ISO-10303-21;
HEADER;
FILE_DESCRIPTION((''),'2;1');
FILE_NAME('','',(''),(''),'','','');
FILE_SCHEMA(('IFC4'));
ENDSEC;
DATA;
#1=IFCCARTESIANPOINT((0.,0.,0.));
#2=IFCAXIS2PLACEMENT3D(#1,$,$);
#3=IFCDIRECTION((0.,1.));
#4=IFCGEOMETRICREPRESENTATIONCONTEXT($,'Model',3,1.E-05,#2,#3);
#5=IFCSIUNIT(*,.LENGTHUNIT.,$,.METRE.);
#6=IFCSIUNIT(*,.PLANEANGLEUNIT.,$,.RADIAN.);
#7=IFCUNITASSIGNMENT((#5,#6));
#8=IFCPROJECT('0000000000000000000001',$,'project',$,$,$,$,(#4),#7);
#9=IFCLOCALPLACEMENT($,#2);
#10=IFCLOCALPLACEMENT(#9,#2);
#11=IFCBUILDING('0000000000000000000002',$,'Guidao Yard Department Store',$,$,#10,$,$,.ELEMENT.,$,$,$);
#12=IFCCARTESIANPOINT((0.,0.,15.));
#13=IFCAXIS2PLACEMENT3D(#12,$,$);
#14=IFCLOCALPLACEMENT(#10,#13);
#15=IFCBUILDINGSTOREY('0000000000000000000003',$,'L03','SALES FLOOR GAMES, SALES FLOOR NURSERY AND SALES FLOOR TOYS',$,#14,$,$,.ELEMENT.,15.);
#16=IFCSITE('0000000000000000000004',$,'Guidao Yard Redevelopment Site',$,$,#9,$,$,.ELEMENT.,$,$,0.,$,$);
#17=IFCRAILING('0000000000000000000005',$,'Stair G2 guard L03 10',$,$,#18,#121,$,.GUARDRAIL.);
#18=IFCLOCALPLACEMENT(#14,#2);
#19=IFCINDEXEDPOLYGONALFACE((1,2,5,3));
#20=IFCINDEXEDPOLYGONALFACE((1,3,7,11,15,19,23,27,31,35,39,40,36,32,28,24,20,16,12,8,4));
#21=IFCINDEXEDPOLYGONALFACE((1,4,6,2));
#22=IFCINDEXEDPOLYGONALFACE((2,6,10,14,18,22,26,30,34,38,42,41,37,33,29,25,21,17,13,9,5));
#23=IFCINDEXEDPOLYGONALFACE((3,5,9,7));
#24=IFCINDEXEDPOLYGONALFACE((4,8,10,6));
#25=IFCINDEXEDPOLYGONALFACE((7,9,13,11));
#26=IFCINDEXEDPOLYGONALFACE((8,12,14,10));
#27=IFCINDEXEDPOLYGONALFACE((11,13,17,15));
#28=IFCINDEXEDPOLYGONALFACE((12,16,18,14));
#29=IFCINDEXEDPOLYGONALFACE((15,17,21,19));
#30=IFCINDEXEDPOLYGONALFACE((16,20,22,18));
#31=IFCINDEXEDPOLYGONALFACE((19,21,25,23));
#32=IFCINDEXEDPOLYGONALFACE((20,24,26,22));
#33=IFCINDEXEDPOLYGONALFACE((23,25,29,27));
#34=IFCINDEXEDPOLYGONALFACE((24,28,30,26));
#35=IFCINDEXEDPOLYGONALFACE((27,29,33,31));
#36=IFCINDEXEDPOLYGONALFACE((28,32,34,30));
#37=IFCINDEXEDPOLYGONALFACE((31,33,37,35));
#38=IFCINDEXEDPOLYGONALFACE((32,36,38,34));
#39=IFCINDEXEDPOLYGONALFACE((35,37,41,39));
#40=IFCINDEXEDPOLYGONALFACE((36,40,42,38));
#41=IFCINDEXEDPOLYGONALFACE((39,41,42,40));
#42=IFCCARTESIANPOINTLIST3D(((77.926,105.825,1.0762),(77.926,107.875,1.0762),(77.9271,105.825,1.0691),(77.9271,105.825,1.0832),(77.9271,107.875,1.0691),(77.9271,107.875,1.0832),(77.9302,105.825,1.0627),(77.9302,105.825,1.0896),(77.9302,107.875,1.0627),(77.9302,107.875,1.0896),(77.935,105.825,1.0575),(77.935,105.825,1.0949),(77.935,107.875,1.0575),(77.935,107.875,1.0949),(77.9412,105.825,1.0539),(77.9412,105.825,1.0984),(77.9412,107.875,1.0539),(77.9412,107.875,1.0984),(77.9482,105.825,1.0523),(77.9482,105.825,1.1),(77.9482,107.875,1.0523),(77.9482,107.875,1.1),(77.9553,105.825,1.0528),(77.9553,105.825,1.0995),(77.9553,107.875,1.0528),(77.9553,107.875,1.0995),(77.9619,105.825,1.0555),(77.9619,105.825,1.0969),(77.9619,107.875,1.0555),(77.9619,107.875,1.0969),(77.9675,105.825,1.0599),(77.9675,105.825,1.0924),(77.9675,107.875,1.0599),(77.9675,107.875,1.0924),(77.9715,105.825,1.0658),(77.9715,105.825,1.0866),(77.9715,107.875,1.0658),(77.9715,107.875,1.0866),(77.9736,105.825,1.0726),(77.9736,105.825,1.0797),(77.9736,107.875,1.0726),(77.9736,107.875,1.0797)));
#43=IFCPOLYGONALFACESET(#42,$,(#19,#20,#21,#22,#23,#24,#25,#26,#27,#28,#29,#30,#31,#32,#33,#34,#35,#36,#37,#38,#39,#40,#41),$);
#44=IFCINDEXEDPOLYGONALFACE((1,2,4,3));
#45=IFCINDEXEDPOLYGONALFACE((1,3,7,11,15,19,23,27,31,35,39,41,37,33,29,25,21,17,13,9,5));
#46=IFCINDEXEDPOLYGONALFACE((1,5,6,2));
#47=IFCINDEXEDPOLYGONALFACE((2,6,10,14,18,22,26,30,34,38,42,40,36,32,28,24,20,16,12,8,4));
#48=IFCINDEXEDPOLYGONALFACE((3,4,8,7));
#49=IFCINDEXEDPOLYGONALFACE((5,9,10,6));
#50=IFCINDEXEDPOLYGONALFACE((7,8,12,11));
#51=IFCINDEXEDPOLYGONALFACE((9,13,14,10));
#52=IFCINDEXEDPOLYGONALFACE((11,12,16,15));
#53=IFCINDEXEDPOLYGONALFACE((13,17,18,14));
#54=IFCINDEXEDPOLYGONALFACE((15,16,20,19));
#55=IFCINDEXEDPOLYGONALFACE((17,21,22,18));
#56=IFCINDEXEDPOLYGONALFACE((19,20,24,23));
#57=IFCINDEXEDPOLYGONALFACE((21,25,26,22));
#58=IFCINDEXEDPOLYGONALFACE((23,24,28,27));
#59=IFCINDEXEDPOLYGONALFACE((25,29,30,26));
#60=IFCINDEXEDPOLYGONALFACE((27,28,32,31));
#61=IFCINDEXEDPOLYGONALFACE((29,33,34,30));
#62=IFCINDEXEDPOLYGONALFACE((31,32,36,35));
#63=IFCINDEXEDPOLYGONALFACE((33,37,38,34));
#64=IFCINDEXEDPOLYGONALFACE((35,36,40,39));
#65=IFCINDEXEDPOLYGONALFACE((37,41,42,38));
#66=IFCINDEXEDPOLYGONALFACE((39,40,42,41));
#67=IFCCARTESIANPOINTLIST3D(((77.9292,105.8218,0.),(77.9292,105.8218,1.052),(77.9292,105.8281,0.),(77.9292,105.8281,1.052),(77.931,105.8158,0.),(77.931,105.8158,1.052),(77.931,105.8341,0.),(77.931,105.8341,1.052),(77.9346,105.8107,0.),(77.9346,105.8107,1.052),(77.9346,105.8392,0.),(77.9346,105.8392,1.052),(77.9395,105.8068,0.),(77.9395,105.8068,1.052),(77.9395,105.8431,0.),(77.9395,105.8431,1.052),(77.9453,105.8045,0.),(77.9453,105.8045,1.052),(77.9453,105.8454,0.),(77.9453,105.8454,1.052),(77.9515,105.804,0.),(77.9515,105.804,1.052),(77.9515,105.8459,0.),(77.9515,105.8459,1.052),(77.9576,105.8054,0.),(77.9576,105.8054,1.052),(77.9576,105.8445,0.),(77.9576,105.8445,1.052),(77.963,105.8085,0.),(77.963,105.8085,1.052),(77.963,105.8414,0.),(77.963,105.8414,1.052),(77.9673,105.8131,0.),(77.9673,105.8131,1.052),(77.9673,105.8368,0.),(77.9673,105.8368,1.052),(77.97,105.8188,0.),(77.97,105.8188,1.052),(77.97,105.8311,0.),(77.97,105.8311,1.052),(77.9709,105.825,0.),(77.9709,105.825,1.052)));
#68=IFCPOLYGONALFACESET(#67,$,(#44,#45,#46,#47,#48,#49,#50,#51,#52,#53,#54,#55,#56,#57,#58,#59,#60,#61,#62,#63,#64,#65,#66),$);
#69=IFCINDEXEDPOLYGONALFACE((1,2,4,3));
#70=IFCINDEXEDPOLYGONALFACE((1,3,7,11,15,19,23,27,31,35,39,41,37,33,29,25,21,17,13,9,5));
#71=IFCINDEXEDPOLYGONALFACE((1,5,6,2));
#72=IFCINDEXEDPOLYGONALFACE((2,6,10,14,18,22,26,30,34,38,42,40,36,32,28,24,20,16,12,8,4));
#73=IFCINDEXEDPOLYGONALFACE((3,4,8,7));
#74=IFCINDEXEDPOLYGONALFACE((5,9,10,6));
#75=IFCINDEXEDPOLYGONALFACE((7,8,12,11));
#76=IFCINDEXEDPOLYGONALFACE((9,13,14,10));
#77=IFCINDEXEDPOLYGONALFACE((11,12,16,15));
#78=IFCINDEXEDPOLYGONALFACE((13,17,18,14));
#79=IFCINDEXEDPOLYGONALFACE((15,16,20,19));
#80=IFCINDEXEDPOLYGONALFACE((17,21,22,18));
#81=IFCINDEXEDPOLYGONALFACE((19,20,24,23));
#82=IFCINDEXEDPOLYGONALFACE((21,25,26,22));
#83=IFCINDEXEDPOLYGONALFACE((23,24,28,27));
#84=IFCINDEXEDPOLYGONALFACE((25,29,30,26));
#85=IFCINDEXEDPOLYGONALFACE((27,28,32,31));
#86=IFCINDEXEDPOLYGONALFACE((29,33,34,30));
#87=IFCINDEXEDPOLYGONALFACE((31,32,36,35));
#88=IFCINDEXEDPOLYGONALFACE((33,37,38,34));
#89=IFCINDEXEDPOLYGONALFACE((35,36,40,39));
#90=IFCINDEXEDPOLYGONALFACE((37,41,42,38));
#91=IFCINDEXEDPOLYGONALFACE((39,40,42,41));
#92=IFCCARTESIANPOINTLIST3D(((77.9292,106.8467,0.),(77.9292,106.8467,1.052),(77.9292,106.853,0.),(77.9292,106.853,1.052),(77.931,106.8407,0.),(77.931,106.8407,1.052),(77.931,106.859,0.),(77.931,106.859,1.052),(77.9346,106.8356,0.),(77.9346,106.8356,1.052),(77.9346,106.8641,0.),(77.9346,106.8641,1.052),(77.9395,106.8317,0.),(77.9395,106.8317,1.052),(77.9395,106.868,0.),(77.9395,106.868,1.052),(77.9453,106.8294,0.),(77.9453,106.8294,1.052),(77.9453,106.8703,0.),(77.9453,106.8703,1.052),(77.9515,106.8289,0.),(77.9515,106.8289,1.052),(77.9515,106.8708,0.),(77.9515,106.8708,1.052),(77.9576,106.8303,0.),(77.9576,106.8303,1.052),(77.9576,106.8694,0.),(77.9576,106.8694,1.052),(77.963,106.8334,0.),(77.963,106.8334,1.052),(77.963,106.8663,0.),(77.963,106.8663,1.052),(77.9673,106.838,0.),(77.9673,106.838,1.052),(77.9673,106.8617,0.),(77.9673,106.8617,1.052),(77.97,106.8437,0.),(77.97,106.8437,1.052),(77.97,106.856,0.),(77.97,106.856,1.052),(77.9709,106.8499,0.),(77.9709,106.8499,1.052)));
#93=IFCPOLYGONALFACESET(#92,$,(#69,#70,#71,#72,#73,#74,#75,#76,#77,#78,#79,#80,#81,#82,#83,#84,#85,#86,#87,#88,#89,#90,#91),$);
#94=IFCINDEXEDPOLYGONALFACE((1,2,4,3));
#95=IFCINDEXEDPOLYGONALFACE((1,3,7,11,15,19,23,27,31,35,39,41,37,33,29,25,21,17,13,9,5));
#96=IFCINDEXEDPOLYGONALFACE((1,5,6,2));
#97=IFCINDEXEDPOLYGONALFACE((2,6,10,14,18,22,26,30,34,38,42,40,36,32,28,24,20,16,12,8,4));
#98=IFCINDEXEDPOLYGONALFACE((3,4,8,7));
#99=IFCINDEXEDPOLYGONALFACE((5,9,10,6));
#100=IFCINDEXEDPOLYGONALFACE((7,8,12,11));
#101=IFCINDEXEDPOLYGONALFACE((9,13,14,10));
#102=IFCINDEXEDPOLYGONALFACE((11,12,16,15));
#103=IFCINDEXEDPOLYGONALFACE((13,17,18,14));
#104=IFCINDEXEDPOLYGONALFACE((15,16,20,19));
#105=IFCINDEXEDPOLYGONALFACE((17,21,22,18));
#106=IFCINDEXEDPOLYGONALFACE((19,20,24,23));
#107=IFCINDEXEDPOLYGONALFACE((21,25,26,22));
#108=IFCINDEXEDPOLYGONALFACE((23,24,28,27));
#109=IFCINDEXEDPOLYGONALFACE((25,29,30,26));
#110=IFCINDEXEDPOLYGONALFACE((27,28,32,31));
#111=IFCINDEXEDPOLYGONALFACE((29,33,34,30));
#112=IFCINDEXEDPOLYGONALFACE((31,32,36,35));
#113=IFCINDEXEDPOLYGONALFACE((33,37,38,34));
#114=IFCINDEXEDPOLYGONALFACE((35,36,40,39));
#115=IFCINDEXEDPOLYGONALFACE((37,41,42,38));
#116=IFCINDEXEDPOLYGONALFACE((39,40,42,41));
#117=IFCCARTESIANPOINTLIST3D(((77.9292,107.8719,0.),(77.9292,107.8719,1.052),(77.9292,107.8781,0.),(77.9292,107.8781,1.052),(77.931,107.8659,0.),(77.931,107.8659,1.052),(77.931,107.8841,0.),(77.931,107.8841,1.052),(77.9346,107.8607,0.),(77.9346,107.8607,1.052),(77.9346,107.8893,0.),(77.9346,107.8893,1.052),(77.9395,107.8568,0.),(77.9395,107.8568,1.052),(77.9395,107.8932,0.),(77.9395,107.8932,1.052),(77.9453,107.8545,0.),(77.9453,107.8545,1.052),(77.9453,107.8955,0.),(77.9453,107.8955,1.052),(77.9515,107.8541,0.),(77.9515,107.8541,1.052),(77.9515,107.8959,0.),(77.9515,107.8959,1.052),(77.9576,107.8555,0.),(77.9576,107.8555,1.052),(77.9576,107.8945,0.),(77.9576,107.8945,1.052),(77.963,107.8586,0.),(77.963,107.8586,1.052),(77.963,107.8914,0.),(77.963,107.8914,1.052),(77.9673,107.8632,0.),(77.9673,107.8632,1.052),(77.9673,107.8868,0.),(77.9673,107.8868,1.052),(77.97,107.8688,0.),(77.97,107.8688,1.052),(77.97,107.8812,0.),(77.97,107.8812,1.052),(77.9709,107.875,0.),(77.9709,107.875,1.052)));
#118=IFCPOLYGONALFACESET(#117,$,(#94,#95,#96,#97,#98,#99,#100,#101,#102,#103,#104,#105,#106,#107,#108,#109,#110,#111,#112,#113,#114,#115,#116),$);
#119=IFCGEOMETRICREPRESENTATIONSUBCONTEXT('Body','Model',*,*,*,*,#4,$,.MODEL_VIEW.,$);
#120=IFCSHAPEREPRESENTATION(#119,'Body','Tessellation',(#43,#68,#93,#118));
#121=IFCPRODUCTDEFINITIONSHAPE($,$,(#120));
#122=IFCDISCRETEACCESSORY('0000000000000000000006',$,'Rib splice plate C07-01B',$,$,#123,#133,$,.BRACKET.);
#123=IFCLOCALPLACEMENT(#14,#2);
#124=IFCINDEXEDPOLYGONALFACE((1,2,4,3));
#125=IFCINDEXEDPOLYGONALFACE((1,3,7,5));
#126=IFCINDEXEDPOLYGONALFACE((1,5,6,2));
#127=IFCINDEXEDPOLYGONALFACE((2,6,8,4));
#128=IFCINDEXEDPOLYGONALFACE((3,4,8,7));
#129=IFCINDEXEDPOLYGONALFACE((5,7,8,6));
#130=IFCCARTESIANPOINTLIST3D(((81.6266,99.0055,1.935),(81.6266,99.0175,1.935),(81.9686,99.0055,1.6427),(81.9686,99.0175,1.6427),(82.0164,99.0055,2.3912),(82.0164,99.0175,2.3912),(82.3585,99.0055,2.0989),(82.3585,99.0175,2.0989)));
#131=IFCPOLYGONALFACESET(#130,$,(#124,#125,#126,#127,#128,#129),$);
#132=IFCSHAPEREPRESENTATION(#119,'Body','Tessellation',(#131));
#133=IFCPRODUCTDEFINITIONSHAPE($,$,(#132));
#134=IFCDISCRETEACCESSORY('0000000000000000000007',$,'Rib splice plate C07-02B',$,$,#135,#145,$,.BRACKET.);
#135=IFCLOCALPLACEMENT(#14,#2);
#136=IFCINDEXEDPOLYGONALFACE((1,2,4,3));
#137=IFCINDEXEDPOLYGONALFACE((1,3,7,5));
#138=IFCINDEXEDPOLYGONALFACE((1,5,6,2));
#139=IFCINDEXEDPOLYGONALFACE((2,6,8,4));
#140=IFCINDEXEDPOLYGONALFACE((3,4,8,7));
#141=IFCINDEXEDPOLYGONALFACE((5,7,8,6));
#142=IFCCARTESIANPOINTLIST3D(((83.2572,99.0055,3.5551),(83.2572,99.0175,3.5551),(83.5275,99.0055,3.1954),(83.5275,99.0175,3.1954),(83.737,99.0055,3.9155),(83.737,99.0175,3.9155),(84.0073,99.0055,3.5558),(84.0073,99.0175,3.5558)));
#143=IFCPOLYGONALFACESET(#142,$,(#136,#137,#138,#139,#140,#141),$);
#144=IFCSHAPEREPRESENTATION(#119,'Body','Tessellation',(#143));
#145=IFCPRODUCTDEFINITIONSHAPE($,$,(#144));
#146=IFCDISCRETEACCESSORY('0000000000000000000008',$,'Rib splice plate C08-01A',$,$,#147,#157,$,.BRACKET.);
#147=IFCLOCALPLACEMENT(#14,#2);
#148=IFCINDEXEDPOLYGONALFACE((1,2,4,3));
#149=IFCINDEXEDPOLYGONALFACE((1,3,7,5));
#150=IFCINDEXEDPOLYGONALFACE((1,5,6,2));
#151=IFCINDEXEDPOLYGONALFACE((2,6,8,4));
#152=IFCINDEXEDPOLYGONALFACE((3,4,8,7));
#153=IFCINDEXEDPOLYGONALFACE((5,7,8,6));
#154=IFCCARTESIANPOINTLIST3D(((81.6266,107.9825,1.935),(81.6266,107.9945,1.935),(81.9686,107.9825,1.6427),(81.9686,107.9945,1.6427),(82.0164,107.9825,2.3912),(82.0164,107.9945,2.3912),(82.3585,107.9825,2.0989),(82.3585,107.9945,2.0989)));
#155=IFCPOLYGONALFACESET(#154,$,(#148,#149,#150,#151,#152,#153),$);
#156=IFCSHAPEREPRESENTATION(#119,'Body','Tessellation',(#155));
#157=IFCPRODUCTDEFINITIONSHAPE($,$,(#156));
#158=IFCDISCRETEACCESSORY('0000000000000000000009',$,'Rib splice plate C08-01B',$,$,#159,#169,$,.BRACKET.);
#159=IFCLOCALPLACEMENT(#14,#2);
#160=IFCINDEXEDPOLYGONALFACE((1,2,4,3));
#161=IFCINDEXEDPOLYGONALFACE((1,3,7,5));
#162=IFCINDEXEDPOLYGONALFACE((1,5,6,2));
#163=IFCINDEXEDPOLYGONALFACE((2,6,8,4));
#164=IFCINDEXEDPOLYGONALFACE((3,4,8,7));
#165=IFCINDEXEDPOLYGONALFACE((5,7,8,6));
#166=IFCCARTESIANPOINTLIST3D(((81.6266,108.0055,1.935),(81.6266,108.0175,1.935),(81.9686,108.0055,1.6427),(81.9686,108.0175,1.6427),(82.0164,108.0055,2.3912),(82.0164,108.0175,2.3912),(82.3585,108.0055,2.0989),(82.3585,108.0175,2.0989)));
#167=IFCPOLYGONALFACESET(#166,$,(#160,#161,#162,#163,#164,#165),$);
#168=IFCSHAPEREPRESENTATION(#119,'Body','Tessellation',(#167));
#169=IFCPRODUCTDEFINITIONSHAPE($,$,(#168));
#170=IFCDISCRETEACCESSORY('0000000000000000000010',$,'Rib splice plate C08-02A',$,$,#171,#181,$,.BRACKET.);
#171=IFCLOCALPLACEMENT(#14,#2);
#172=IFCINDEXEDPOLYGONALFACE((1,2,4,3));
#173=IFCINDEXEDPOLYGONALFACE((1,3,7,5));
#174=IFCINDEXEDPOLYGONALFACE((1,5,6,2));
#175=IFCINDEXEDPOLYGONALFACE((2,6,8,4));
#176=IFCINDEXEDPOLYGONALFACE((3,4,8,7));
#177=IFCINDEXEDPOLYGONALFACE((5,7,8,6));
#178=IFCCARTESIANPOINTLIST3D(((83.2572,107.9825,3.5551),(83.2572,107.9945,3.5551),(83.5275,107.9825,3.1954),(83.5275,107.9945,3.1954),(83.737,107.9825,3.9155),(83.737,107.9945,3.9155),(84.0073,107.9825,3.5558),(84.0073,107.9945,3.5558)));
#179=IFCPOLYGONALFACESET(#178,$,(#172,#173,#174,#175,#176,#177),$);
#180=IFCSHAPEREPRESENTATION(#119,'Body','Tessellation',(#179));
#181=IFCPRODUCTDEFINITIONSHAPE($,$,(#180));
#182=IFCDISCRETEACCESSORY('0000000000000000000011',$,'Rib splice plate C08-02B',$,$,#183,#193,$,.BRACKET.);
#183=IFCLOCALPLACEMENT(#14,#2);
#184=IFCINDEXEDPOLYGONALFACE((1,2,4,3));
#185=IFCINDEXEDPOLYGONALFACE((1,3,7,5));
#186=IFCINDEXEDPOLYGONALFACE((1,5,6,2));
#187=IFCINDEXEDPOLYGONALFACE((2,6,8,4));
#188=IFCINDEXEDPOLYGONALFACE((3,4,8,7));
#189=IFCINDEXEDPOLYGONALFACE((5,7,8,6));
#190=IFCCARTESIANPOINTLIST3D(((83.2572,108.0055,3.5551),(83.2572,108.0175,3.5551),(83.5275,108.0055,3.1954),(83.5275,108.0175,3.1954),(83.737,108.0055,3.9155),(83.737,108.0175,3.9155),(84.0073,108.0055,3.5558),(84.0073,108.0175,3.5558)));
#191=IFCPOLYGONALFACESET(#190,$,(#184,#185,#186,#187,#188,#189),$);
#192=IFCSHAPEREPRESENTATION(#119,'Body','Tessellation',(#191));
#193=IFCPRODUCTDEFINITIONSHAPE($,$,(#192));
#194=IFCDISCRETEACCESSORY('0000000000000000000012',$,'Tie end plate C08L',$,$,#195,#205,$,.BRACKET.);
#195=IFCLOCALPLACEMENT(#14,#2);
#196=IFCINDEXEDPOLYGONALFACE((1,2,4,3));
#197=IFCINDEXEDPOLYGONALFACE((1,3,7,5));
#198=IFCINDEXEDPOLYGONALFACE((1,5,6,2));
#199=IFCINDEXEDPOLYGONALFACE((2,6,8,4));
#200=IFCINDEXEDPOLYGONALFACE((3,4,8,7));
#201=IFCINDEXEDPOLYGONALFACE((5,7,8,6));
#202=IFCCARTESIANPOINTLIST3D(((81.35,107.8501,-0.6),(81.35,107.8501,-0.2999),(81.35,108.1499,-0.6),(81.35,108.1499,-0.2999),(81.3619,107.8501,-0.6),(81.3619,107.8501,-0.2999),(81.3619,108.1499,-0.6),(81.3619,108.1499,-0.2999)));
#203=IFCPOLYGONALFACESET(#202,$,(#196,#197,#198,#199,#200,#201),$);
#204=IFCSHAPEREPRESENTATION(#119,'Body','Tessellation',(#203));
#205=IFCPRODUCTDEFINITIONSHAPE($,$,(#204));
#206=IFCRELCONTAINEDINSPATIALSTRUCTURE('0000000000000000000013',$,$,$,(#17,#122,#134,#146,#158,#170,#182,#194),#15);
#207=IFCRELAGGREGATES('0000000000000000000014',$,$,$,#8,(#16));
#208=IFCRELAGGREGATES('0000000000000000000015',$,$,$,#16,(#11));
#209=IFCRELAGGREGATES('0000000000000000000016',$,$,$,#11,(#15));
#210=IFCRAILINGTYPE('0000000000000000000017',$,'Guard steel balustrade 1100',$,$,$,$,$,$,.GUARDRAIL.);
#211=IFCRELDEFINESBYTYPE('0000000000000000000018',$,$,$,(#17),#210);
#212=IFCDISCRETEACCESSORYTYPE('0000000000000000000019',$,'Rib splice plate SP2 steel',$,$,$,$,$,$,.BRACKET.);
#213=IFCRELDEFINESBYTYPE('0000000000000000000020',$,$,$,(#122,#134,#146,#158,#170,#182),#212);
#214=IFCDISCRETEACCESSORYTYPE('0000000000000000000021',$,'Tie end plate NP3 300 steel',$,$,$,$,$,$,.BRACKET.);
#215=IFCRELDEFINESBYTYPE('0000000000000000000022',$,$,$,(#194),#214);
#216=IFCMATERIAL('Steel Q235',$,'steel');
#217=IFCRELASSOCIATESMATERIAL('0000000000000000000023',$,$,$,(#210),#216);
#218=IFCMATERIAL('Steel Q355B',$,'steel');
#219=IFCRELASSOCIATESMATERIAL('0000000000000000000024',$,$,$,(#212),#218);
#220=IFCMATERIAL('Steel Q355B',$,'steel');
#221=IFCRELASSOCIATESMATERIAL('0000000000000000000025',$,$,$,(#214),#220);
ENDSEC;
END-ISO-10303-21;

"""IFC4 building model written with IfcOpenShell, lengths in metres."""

from ifc_helpers import new_model, si_unit, direction, frame, origin, origin_2d, place, context, subcontext, project, spatial, rectangle, circle, extrude, material, material_profile, profile_set, type_object, element, save


model = new_model("IFC4")

# Units and contexts
model_context = context("Model", 3, precision=1e-05, world=origin(), true_north=direction((0.0, 1.0)))
body_context = subcontext(model_context, "Body", "Model", "MODEL_VIEW")
ifc_project = project(units=[si_unit("LENGTHUNIT", "METRE"), si_unit("PLANEANGLEUNIT", "RADIAN")], contexts=[model_context])

# Site, building, storey
site_placement = place(None, origin())
site = spatial("IfcSite", under=ifc_project, at=site_placement, Name="Guidao Yard Redevelopment Site", CompositionType="ELEMENT", RefElevation=0.0)
building_placement = place(site_placement, origin())
building = spatial("IfcBuilding", under=site, at=building_placement, Name="Guidao Yard Department Store", CompositionType="ELEMENT")
storey_placement = place(building_placement, frame((0.0, 0.0, 15.0)))
storey = spatial("IfcBuildingStorey", under=building, at=storey_placement, Name="L03", Description="SALES FLOOR GAMES, SALES FLOOR NURSERY AND SALES FLOOR TOYS", CompositionType="ELEMENT", Elevation=15.0)

# Railing
ifc_material_1 = material(Name="Steel Q235", Category="steel")
railing_type_1 = type_object("IfcRailingType", Name="Guard steel balustrade 1100", PredefinedType="GUARDRAIL", material=ifc_material_1)
railing_1_placement = place(storey_placement, frame((77.95, 105.825, 0.0)))
element("IfcRailing", 1, at=railing_1_placement, inside=storey, type_object=railing_type_1, Name="Stair G2 guard L03 10", PredefinedType="GUARDRAIL", context=body_context, shape_type="SweptSolid", body=[
    extrude(circle(Radius=0.0239, at=origin_2d()), frame((0.0, 0.0, 1.0762), z_axis=(0.0, 1.0, 0.0), x_axis=(-1.0, 0.0, 0.0)), (0.0, 0.0, 1.0), 2.05),
    extrude(circle(Radius=0.021, at=origin_2d()), origin(), (0.0, 0.0, 1.0), 1.052),
    extrude(circle(Radius=0.021, at=origin_2d()), frame((0.0, 1.0249, 0.0)), (0.0, 0.0, 1.0), 1.052),
    extrude(circle(Radius=0.021, at=origin_2d()), frame((0.0, 2.05, 0.0)), (0.0, 0.0, 1.0), 1.052),
])

# Discrete accessories
ifc_material_2 = material(Name="Steel Q355B", Category="steel")
ifc_material_profile_1 = material_profile(ifc_material_2, rectangle(XDim=0.012, YDim=0.45, at=origin_2d()), Name="Splice plate 450x12")
ifc_profile_set_1 = profile_set([ifc_material_profile_1], Name="Steel Q355B")
discrete_accessory_type_1 = type_object("IfcDiscreteAccessoryType", Name="Rib splice plate SP2 steel", PredefinedType="BRACKET", material=ifc_profile_set_1)
for number, where, z_axis, x_axis, name in (
    (2, (81.7976, 99.0115, 1.7888), (0.649618, 0.0, 0.760261), (0.0, 1.0, 0.0), "Rib splice plate C07-01B"),
    (3, (83.3923, 99.0115, 3.3752), (0.79956, 0.0, 0.600586), (0.0, 1.0, 0.0), "Rib splice plate C07-02B"),
    (4, (81.7976, 107.9885, 1.7888), (0.649618, 0.0, 0.760261), (0.0, 1.0, 0.0), "Rib splice plate C08-01A"),
    (5, (81.7976, 108.0115, 1.7888), (0.649618, 0.0, 0.760261), (0.0, 1.0, 0.0), "Rib splice plate C08-01B"),
    (6, (83.3923, 107.9885, 3.3752), (0.79956, 0.0, 0.600586), (0.0, 1.0, 0.0), "Rib splice plate C08-02A"),
    (7, (83.3923, 108.0115, 3.3752), (0.79956, 0.0, 0.600586), (0.0, 1.0, 0.0), "Rib splice plate C08-02B"),
):
    element("IfcDiscreteAccessory", number, at=place(storey_placement, frame(where, z_axis=z_axis, x_axis=x_axis)), inside=storey, type_object=discrete_accessory_type_1, Name=name, PredefinedType="BRACKET", context=body_context, shape_type="SweptSolid", body=[
        extrude(rectangle(XDim=0.012, YDim=0.45, at=origin_2d()), origin(), (0.0, 0.0, 1.0), 0.6001),
    ])
ifc_material_3 = material(Name="Steel Q355B", Category="steel")
ifc_material_profile_2 = material_profile(ifc_material_3, rectangle(XDim=0.3, YDim=0.012, at=origin_2d()), Name="Node plate 300x12")
ifc_profile_set_2 = profile_set([ifc_material_profile_2], Name="Steel Q355B")
discrete_accessory_type_2 = type_object("IfcDiscreteAccessoryType", Name="Tie end plate NP3 300 steel", PredefinedType="BRACKET", material=ifc_profile_set_2)
discrete_accessory_1_placement = place(storey_placement, frame((81.356, 107.8501, -0.45), z_axis=(0.0, 1.0, 0.0), x_axis=(0.0, 0.0, 1.0)))
element("IfcDiscreteAccessory", 8, at=discrete_accessory_1_placement, inside=storey, type_object=discrete_accessory_type_2, Name="Tie end plate C08L", PredefinedType="BRACKET", context=body_context, shape_type="SweptSolid", body=[
    extrude(rectangle(XDim=0.3, YDim=0.012, at=origin_2d()), origin(), (0.0, 0.0, 1.0), 0.2998),
])

save(model, "model.ifc")
